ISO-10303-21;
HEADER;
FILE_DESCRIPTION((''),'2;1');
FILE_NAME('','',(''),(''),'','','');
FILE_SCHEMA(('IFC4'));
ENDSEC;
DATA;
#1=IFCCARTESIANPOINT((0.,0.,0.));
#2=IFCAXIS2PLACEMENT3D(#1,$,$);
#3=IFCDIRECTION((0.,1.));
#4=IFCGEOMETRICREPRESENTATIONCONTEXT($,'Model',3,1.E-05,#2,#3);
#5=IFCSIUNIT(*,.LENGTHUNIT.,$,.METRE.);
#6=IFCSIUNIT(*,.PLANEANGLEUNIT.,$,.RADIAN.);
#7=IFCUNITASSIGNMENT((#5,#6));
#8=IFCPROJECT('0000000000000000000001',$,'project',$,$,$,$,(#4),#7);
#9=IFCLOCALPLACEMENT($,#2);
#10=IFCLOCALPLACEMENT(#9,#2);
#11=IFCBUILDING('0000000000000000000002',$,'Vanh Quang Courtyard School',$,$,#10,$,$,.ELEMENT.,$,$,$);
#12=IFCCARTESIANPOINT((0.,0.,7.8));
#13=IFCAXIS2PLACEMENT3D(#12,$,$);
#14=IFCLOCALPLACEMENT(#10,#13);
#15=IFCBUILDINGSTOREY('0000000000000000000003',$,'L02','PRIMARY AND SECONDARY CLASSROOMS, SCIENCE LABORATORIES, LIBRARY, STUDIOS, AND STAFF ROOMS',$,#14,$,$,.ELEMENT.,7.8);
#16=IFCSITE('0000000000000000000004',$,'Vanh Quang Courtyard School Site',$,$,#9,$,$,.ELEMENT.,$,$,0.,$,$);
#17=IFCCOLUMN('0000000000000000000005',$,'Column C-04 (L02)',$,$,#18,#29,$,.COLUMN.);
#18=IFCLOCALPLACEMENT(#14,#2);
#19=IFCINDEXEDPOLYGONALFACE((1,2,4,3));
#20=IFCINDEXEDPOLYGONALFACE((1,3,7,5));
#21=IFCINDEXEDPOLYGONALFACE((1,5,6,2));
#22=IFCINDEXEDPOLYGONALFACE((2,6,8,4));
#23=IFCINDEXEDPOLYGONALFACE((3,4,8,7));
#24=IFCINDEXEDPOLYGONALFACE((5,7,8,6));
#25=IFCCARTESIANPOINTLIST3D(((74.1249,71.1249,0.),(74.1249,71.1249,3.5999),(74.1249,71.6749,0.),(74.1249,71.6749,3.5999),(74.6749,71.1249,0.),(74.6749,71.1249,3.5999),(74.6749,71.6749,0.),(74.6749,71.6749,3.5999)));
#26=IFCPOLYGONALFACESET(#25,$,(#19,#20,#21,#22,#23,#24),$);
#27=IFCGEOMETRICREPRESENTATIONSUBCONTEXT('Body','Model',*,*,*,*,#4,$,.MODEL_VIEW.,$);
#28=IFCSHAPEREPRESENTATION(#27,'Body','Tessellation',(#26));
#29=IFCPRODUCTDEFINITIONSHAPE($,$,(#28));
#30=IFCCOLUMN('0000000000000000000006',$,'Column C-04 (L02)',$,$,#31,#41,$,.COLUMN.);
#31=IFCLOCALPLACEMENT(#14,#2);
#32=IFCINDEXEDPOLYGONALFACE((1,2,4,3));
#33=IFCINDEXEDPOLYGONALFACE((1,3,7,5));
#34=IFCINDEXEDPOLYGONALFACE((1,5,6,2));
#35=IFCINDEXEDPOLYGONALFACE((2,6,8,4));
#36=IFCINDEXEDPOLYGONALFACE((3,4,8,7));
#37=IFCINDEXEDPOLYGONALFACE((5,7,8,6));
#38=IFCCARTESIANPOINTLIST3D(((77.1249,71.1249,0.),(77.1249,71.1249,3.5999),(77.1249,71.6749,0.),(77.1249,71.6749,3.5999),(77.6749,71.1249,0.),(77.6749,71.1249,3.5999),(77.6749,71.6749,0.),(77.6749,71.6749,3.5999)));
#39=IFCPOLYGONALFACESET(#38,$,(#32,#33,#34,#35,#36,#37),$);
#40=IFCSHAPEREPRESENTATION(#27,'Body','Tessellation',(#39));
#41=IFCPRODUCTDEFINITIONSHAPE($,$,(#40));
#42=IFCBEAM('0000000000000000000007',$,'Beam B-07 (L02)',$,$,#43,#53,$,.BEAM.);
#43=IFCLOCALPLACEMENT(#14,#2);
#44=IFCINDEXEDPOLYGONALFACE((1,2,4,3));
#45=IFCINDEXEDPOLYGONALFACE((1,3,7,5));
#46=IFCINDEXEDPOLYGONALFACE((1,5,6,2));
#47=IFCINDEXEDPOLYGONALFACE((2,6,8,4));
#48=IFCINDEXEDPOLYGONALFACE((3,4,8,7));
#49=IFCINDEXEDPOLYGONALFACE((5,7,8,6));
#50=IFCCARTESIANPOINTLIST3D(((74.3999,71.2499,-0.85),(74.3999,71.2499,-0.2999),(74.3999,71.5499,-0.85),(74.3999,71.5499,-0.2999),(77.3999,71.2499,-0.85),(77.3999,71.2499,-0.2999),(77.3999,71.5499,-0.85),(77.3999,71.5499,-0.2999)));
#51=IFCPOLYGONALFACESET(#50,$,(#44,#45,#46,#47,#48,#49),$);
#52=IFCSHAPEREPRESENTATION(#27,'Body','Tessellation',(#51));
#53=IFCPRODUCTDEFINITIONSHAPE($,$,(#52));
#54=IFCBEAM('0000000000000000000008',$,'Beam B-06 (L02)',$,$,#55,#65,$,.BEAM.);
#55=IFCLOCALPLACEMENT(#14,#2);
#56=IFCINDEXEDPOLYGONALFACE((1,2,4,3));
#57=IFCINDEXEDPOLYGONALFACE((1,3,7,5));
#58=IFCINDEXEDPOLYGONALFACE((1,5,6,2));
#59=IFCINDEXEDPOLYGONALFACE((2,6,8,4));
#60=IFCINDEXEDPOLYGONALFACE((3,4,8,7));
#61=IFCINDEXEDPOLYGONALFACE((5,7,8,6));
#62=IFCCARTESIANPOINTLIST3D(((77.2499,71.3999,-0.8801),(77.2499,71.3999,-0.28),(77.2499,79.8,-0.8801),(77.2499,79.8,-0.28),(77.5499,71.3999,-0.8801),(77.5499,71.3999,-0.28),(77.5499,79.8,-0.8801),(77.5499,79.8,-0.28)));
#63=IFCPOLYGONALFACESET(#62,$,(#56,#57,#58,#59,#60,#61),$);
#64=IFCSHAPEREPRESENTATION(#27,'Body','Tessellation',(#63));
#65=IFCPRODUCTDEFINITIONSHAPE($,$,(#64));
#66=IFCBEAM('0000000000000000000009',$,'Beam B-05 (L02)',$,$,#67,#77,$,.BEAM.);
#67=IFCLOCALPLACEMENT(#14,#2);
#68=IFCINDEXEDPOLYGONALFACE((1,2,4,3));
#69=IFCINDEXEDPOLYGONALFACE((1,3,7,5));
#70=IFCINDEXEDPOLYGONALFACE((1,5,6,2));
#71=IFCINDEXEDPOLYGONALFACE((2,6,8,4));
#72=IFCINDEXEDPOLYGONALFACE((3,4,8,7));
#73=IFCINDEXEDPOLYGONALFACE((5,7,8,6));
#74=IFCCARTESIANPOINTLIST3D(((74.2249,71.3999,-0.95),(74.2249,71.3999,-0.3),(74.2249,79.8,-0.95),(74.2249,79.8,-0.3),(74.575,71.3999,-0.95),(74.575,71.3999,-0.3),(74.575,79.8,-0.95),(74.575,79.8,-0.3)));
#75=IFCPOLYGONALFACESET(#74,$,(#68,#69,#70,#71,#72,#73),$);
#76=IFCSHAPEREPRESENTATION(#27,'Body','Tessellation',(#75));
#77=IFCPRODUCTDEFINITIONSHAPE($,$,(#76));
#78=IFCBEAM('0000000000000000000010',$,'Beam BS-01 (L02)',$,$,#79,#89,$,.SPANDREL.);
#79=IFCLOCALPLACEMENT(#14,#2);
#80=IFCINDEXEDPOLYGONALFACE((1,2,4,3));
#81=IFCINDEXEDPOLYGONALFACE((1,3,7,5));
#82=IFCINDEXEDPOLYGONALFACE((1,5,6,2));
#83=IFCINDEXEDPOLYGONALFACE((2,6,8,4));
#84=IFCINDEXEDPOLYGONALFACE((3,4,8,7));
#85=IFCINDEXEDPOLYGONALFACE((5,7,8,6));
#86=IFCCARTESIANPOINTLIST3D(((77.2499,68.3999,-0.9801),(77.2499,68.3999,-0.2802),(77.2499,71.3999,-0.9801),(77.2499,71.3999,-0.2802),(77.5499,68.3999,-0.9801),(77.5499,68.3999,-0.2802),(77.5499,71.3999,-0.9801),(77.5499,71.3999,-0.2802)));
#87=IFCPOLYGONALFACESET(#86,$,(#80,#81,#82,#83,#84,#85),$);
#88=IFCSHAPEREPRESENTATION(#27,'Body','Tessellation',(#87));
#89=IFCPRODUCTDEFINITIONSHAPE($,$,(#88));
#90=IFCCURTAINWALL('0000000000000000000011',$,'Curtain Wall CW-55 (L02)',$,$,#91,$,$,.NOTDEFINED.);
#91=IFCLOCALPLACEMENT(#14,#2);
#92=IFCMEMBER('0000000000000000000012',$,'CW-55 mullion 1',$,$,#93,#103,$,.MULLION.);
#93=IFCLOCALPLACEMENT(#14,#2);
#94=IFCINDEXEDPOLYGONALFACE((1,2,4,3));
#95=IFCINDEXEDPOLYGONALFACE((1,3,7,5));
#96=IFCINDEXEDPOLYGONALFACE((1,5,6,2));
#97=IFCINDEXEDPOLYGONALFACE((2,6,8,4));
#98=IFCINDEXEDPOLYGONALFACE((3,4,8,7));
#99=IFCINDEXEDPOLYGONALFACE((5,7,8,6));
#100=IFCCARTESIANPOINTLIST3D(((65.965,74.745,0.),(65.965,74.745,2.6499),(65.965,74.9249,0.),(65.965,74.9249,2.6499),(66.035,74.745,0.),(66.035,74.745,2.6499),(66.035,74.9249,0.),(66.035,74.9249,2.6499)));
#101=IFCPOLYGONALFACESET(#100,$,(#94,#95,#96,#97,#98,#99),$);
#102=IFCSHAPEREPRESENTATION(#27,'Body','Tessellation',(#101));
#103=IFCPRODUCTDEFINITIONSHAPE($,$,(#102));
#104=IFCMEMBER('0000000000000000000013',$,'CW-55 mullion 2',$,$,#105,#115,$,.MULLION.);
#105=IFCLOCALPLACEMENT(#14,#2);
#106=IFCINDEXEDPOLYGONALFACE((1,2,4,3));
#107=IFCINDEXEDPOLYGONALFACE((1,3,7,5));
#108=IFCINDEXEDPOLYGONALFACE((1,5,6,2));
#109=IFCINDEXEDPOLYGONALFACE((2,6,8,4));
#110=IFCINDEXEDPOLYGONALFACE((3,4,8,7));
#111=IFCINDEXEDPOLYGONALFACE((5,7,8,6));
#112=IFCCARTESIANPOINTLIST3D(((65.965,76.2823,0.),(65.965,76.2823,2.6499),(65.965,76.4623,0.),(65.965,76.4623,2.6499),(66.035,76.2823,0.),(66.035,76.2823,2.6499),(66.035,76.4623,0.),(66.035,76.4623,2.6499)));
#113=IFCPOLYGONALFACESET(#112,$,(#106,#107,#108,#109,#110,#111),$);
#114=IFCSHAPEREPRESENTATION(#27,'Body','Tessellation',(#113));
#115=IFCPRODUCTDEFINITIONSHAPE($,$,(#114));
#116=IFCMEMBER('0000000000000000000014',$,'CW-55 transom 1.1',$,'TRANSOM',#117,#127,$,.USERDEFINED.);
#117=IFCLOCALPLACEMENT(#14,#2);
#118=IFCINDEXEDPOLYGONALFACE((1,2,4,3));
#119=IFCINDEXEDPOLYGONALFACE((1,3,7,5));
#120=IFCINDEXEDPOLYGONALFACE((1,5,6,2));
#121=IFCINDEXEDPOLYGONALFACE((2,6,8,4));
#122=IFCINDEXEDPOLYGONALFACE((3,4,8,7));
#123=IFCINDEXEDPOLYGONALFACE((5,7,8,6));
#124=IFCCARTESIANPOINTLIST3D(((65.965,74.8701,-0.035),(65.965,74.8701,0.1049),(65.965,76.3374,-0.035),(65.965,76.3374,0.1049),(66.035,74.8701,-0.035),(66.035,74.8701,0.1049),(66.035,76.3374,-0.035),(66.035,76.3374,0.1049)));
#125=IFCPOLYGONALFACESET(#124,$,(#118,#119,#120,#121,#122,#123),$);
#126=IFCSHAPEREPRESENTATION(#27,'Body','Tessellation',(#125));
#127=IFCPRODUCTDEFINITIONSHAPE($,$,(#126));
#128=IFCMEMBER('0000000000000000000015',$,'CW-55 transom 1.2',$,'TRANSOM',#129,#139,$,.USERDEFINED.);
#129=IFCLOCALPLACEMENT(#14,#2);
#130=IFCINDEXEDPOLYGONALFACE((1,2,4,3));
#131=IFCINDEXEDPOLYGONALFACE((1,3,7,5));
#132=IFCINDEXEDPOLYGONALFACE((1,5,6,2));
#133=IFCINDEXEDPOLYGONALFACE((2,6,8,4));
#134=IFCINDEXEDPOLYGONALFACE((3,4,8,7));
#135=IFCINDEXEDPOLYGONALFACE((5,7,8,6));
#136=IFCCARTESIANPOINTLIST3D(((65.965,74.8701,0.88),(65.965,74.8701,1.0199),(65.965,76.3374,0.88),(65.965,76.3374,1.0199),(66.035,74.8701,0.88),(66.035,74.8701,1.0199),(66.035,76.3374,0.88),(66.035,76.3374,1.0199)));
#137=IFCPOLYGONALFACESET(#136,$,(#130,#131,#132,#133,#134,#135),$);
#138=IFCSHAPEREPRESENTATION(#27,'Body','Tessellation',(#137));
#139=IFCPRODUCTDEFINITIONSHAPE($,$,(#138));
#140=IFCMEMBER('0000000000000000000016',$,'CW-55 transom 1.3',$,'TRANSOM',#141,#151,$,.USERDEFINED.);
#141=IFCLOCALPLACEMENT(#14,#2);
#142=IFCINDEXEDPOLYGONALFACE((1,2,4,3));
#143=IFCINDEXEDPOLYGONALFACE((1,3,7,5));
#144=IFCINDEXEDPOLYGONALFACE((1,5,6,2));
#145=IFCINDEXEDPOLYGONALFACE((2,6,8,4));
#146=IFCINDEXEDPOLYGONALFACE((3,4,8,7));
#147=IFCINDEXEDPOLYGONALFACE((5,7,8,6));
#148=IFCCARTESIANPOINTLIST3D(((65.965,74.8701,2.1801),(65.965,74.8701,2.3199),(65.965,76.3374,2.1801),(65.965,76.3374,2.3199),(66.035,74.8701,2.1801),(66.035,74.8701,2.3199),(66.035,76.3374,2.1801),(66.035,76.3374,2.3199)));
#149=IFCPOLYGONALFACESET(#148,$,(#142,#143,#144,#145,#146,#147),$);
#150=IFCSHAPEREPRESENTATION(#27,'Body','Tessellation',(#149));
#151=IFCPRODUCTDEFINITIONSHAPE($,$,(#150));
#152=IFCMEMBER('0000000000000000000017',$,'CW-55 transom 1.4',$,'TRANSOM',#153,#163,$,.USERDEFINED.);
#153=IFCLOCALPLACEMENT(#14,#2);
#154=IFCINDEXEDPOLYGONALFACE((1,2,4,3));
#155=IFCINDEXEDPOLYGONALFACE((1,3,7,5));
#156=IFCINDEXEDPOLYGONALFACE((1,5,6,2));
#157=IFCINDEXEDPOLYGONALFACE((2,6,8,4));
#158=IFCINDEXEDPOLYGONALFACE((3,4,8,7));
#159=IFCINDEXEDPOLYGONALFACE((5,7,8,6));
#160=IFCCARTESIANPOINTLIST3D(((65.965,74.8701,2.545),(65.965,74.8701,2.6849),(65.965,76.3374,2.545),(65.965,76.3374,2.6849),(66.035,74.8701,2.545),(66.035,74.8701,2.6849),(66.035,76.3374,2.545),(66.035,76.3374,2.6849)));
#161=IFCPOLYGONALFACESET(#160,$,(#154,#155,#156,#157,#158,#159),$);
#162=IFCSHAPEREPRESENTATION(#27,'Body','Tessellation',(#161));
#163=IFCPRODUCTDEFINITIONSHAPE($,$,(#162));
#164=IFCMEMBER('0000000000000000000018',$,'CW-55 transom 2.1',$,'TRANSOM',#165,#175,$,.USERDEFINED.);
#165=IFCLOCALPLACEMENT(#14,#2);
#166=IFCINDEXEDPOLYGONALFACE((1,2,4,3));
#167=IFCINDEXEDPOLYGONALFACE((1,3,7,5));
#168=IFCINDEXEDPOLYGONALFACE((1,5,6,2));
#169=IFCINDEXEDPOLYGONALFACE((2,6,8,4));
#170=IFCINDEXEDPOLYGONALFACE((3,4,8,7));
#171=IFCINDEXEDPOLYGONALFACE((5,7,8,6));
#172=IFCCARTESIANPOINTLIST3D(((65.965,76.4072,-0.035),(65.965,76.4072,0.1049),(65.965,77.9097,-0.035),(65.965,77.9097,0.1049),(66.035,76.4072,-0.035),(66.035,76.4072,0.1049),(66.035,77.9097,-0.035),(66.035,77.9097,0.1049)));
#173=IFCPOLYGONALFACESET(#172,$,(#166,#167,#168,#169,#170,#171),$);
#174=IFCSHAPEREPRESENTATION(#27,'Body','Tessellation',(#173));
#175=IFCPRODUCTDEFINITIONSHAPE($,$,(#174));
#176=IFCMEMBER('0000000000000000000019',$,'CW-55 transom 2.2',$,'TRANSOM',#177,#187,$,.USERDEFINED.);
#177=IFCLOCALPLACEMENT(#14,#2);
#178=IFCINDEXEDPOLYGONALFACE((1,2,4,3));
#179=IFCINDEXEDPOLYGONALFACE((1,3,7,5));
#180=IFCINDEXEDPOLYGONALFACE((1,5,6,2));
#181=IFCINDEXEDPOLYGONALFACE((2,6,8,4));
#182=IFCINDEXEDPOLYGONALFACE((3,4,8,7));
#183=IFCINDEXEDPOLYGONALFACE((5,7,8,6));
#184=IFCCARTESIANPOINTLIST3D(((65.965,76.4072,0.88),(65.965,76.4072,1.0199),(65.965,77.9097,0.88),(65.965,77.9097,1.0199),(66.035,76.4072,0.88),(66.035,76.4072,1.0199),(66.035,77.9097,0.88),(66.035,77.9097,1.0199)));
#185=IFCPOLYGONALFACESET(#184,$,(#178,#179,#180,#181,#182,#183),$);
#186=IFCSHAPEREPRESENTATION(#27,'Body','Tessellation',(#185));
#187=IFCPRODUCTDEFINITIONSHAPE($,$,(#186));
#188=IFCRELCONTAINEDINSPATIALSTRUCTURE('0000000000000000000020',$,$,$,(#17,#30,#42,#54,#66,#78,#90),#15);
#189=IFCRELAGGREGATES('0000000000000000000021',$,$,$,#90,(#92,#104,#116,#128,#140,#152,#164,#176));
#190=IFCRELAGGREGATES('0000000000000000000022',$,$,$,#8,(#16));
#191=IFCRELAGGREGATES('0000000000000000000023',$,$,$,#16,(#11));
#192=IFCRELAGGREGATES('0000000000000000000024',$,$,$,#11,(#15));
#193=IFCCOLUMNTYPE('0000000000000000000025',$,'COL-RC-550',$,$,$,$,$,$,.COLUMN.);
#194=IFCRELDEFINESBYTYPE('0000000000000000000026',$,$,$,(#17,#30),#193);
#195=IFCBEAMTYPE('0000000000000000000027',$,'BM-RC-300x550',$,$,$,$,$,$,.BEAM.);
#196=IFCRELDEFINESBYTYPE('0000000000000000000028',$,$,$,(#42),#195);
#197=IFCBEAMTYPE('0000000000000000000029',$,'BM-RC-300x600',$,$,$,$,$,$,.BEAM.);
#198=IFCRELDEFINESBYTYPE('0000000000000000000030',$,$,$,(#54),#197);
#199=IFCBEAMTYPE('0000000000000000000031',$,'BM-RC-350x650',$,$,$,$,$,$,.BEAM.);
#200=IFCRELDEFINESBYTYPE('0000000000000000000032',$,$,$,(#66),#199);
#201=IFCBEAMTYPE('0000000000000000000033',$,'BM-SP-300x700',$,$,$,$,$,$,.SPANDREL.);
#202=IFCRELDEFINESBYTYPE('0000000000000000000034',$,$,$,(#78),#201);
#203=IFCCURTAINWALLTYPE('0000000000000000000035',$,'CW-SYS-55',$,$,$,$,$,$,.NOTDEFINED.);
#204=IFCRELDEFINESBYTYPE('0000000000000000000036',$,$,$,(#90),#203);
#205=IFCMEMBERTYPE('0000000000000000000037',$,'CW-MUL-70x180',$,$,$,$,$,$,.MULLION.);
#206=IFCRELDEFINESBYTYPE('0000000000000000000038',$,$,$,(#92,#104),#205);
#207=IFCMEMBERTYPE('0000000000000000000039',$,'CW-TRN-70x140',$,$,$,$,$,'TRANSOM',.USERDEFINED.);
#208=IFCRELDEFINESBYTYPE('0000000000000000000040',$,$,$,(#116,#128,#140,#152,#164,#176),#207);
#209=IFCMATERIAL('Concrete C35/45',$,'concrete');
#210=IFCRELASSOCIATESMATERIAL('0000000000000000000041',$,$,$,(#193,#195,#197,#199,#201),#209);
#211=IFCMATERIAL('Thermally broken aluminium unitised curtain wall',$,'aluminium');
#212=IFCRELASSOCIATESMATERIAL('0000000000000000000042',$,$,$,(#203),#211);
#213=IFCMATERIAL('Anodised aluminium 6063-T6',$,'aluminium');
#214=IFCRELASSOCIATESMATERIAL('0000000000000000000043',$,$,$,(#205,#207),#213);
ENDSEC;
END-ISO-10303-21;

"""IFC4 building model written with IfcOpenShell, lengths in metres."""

from ifc_helpers import new_model, si_unit, direction, frame, origin, origin_2d, place, context, subcontext, project, spatial, rectangle, extrude, material, material_profile, profile_set, type_object, element, aggregate, save


model = new_model("IFC4")

# Units and contexts
model_context = context("Model", 3, precision=1e-05, world=origin(), true_north=direction((0.0, 1.0)))
body_context = subcontext(model_context, "Body", "Model", "MODEL_VIEW")
ifc_project = project(units=[si_unit("LENGTHUNIT", "METRE"), si_unit("PLANEANGLEUNIT", "RADIAN")], contexts=[model_context])

# Site, building, storey
site_placement = place(None, origin())
site = spatial("IfcSite", under=ifc_project, at=site_placement, Name="Vanh Quang Courtyard School Site", CompositionType="ELEMENT", RefElevation=0.0)
building_placement = place(site_placement, origin())
building = spatial("IfcBuilding", under=site, at=building_placement, Name="Vanh Quang Courtyard School", CompositionType="ELEMENT")
storey_placement = place(building_placement, frame((0.0, 0.0, 7.8)))
storey = spatial("IfcBuildingStorey", under=building, at=storey_placement, Name="L02", Description="PRIMARY AND SECONDARY CLASSROOMS, SCIENCE LABORATORIES, LIBRARY, STUDIOS, AND STAFF ROOMS", CompositionType="ELEMENT", Elevation=7.8)

# Columns
ifc_material_1 = material(Name="Concrete C35/45", Category="concrete")
ifc_material_profile_1 = material_profile(ifc_material_1, rectangle(XDim=0.55, YDim=0.55, at=origin_2d()), Name="RC-COL 550x550")
ifc_profile_set_1 = profile_set([ifc_material_profile_1], Name="Concrete C35/45")
column_type = type_object("IfcColumnType", Name="COL-RC-550", PredefinedType="COLUMN", material=ifc_profile_set_1)
for number, where, z_axis, x_axis, name in (
    (1, (74.3999, 71.3999, 0.0), (0.0, 0.0, 1.0), (1.0, 0.0, 0.0), "Column C-04 (L02)"),
    (2, (77.3999, 71.3999, 0.0), (0.0, 0.0, 1.0), (1.0, 0.0, 0.0), "Column C-04 (L02)"),
):
    element("IfcColumn", number, at=place(storey_placement, frame(where, z_axis=z_axis, x_axis=x_axis)), inside=storey, type_object=column_type, Name=name, PredefinedType="COLUMN", context=body_context, shape_type="SweptSolid", body=[
        extrude(rectangle(XDim=0.55, YDim=0.55, at=origin_2d()), origin(), (0.0, 0.0, 1.0), 3.5999),
    ])

# Beams
ifc_material_profile_2 = material_profile(ifc_material_1, rectangle(XDim=0.3, YDim=0.55, at=origin_2d()), Name="RC-BM 300x550")
ifc_profile_set_2 = profile_set([ifc_material_profile_2], Name="Concrete C35/45")
beam_type_1 = type_object("IfcBeamType", Name="BM-RC-300x550", PredefinedType="BEAM", material=ifc_profile_set_2)
beam_1_placement = place(storey_placement, frame((74.3999, 71.3999, -0.575), z_axis=(1.0, 0.0, 0.0), x_axis=(0.0, 1.0, 0.0)))
element("IfcBeam", 3, at=beam_1_placement, inside=storey, type_object=beam_type_1, Name="Beam B-07 (L02)", PredefinedType="BEAM", context=body_context, shape_type="SweptSolid", body=[
    extrude(rectangle(XDim=0.3, YDim=0.55, at=origin_2d()), origin(), (0.0, 0.0, 1.0), 3.0),
])
ifc_material_profile_3 = material_profile(ifc_material_1, rectangle(XDim=0.3, YDim=0.6001, at=origin_2d()), Name="RC-BM 300x600")
ifc_profile_set_3 = profile_set([ifc_material_profile_3], Name="Concrete C35/45")
beam_type_2 = type_object("IfcBeamType", Name="BM-RC-300x600", PredefinedType="BEAM", material=ifc_profile_set_3)
beam_2_placement = place(storey_placement, frame((77.3999, 71.3999, -0.5801), z_axis=(0.0, 1.0, 0.0), x_axis=(-1.0, 0.0, 0.0)))
element("IfcBeam", 4, at=beam_2_placement, inside=storey, type_object=beam_type_2, Name="Beam B-06 (L02)", PredefinedType="BEAM", context=body_context, shape_type="SweptSolid", body=[
    extrude(rectangle(XDim=0.3, YDim=0.6001, at=origin_2d()), origin(), (0.0, 0.0, 1.0), 8.4001),
])
ifc_material_profile_4 = material_profile(ifc_material_1, rectangle(XDim=0.3501, YDim=0.6499, at=origin_2d()), Name="RC-BM 350x650")
ifc_profile_set_4 = profile_set([ifc_material_profile_4], Name="Concrete C35/45")
beam_type_3 = type_object("IfcBeamType", Name="BM-RC-350x650", PredefinedType="BEAM", material=ifc_profile_set_4)
beam_3_placement = place(storey_placement, frame((74.3999, 71.3999, -0.625), z_axis=(0.0, 1.0, 0.0), x_axis=(-1.0, 0.0, 0.0)))
element("IfcBeam", 5, at=beam_3_placement, inside=storey, type_object=beam_type_3, Name="Beam B-05 (L02)", PredefinedType="BEAM", context=body_context, shape_type="SweptSolid", body=[
    extrude(rectangle(XDim=0.3501, YDim=0.6499, at=origin_2d()), origin(), (0.0, 0.0, 1.0), 8.4001),
])
ifc_material_profile_5 = material_profile(ifc_material_1, rectangle(XDim=0.3, YDim=0.7, at=origin_2d()), Name="RC-SP 300x700")
ifc_profile_set_5 = profile_set([ifc_material_profile_5], Name="Concrete C35/45")
beam_type_4 = type_object("IfcBeamType", Name="BM-SP-300x700", PredefinedType="SPANDREL", material=ifc_profile_set_5)
beam_4_placement = place(storey_placement, frame((77.3999, 68.3999, -0.6301), z_axis=(0.0, 1.0, 0.0), x_axis=(-1.0, 0.0, 0.0)))
element("IfcBeam", 6, at=beam_4_placement, inside=storey, type_object=beam_type_4, Name="Beam BS-01 (L02)", PredefinedType="SPANDREL", context=body_context, shape_type="SweptSolid", body=[
    extrude(rectangle(XDim=0.3, YDim=0.7, at=origin_2d()), origin(), (0.0, 0.0, 1.0), 3.0),
])

# Curtain wall, members
ifc_material_2 = material(Name="Thermally broken aluminium unitised curtain wall", Category="aluminium")
curtain_wall_type = type_object("IfcCurtainWallType", Name="CW-SYS-55", PredefinedType="NOTDEFINED", material=ifc_material_2)
curtain_wall_placement = place(storey_placement, origin())
curtain_wall = element("IfcCurtainWall", 7, at=curtain_wall_placement, inside=storey, type_object=curtain_wall_type, Name="Curtain Wall CW-55 (L02)", PredefinedType="NOTDEFINED")
ifc_material_3 = material(Name="Anodised aluminium 6063-T6", Category="aluminium")
ifc_material_profile_6 = material_profile(ifc_material_3, rectangle(XDim=0.0701, YDim=0.1799, at=origin_2d()), Name="ALU-MUL 70x180")
ifc_profile_set_6 = profile_set([ifc_material_profile_6], Name="Anodised aluminium 6063-T6")
member_type_1 = type_object("IfcMemberType", Name="CW-MUL-70x180", PredefinedType="MULLION", material=ifc_profile_set_6)
member_1_placement = place(storey_placement, frame((66.0, 74.835, 0.0), z_axis=(0.0, 0.0, 1.0), x_axis=(-1.0, 0.0, 0.0)))
member_1 = element("IfcMember", 8, at=member_1_placement, type_object=member_type_1, Name="CW-55 mullion 1", PredefinedType="MULLION", context=body_context, shape_type="SweptSolid", body=[
    extrude(rectangle(XDim=0.0701, YDim=0.1799, at=origin_2d()), origin(), (0.0, 0.0, 1.0), 2.6499),
])
member_2_placement = place(storey_placement, frame((66.0, 76.3723, 0.0), z_axis=(0.0, 0.0, 1.0), x_axis=(-1.0, 0.0, 0.0)))
member_2 = element("IfcMember", 9, at=member_2_placement, type_object=member_type_1, Name="CW-55 mullion 2", PredefinedType="MULLION", context=body_context, shape_type="SweptSolid", body=[
    extrude(rectangle(XDim=0.0701, YDim=0.1799, at=origin_2d()), origin(), (0.0, 0.0, 1.0), 2.6499),
])
ifc_material_profile_7 = material_profile(ifc_material_3, rectangle(XDim=0.0701, YDim=0.1399, at=origin_2d()), Name="ALU-TRN 70x140")
ifc_profile_set_7 = profile_set([ifc_material_profile_7], Name="Anodised aluminium 6063-T6")
member_type_2 = type_object("IfcMemberType", Name="CW-TRN-70x140", ElementType="TRANSOM", PredefinedType="USERDEFINED", material=ifc_profile_set_7)
member_3_placement = place(storey_placement, frame((66.0, 74.8701, 0.0349), z_axis=(0.0, 1.0, 0.0), x_axis=(-1.0, 0.0, 0.0)))
member_3 = element("IfcMember", 10, at=member_3_placement, type_object=member_type_2, Name="CW-55 transom 1.1", ObjectType="TRANSOM", PredefinedType="USERDEFINED", context=body_context, shape_type="SweptSolid", body=[
    extrude(rectangle(XDim=0.0701, YDim=0.1399, at=origin_2d()), origin(), (0.0, 0.0, 1.0), 1.4673),
])
member_4_placement = place(storey_placement, frame((66.0, 74.8701, 0.95), z_axis=(0.0, 1.0, 0.0), x_axis=(-1.0, 0.0, 0.0)))
member_4 = element("IfcMember", 11, at=member_4_placement, type_object=member_type_2, Name="CW-55 transom 1.2", ObjectType="TRANSOM", PredefinedType="USERDEFINED", context=body_context, shape_type="SweptSolid", body=[
    extrude(rectangle(XDim=0.0701, YDim=0.1399, at=origin_2d()), origin(), (0.0, 0.0, 1.0), 1.4673),
])
member_5_placement = place(storey_placement, frame((66.0, 74.8701, 2.25), z_axis=(0.0, 1.0, 0.0), x_axis=(-1.0, 0.0, 0.0)))
member_5 = element("IfcMember", 12, at=member_5_placement, type_object=member_type_2, Name="CW-55 transom 1.3", ObjectType="TRANSOM", PredefinedType="USERDEFINED", context=body_context, shape_type="SweptSolid", body=[
    extrude(rectangle(XDim=0.0701, YDim=0.1399, at=origin_2d()), origin(), (0.0, 0.0, 1.0), 1.4673),
])
member_6_placement = place(storey_placement, frame((66.0, 74.8701, 2.615), z_axis=(0.0, 1.0, 0.0), x_axis=(-1.0, 0.0, 0.0)))
member_6 = element("IfcMember", 13, at=member_6_placement, type_object=member_type_2, Name="CW-55 transom 1.4", ObjectType="TRANSOM", PredefinedType="USERDEFINED", context=body_context, shape_type="SweptSolid", body=[
    extrude(rectangle(XDim=0.0701, YDim=0.1399, at=origin_2d()), origin(), (0.0, 0.0, 1.0), 1.4673),
])
member_7_placement = place(storey_placement, frame((66.0, 76.4072, 0.0349), z_axis=(0.0, 1.0, 0.0), x_axis=(-1.0, 0.0, 0.0)))
member_7 = element("IfcMember", 14, at=member_7_placement, type_object=member_type_2, Name="CW-55 transom 2.1", ObjectType="TRANSOM", PredefinedType="USERDEFINED", context=body_context, shape_type="SweptSolid", body=[
    extrude(rectangle(XDim=0.0701, YDim=0.1399, at=origin_2d()), origin(), (0.0, 0.0, 1.0), 1.5024),
])
member_8_placement = place(storey_placement, frame((66.0, 76.4072, 0.95), z_axis=(0.0, 1.0, 0.0), x_axis=(-1.0, 0.0, 0.0)))
member_8 = element("IfcMember", 15, at=member_8_placement, type_object=member_type_2, Name="CW-55 transom 2.2", ObjectType="TRANSOM", PredefinedType="USERDEFINED", context=body_context, shape_type="SweptSolid", body=[
    extrude(rectangle(XDim=0.0701, YDim=0.1399, at=origin_2d()), origin(), (0.0, 0.0, 1.0), 1.5024),
])

aggregate(curtain_wall, [member_1, member_2, member_3, member_4, member_5, member_6, member_7, member_8])

save(model, "model.ifc")
